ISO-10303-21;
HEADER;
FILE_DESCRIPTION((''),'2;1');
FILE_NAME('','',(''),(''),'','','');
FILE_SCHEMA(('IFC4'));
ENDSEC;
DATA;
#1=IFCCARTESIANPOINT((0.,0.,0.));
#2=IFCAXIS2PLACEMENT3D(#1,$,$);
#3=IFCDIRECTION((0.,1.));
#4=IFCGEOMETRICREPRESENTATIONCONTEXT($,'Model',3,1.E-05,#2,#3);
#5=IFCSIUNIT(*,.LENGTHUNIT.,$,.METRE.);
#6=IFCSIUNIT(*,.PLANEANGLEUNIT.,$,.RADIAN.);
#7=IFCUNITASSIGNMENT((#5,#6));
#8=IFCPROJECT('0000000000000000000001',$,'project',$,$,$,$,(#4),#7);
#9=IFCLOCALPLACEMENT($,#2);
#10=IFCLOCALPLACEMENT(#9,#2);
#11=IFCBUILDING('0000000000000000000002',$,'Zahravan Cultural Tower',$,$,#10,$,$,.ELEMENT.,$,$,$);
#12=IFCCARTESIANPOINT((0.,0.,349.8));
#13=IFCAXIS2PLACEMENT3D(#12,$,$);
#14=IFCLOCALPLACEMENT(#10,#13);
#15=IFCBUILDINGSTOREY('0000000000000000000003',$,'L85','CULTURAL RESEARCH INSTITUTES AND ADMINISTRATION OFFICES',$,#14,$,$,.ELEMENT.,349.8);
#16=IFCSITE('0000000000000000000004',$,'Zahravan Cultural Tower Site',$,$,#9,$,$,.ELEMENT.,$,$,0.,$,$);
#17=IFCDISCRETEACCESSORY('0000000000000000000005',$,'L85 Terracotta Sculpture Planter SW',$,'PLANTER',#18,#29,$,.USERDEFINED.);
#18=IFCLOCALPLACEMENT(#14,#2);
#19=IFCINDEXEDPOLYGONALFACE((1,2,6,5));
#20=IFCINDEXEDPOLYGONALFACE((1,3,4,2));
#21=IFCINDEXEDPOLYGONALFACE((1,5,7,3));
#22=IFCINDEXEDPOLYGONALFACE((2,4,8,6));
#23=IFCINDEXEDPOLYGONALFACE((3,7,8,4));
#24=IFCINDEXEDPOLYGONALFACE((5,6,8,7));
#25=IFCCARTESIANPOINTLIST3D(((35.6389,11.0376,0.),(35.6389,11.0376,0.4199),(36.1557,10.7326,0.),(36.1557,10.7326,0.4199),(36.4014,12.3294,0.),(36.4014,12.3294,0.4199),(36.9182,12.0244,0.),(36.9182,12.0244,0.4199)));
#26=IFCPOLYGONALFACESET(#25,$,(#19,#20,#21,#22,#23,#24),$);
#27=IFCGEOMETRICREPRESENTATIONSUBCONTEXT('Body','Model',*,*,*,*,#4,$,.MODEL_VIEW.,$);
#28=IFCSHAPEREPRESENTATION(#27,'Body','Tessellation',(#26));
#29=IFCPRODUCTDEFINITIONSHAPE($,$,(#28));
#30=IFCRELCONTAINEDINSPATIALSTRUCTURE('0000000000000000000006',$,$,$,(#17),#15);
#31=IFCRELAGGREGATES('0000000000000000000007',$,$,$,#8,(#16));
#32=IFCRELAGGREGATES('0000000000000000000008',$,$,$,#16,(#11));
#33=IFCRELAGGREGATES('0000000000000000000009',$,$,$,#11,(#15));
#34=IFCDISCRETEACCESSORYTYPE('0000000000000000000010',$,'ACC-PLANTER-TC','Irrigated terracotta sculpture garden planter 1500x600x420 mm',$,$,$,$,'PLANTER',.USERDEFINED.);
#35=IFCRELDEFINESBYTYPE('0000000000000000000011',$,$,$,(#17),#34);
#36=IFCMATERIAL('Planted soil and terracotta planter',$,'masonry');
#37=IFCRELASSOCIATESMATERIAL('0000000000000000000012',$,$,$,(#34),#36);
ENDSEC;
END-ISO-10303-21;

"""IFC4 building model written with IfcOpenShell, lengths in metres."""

from ifc_helpers import new_model, si_unit, direction, frame, origin, origin_2d, place, context, subcontext, project, spatial, rectangle, extrude, source, transform, mapped, material, type_object, element, save


model = new_model("IFC4")

# Units and contexts
model_context = context("Model", 3, precision=1e-05, world=origin(), true_north=direction((0.0, 1.0)))
body_context = subcontext(model_context, "Body", "Model", "MODEL_VIEW")
ifc_project = project(units=[si_unit("LENGTHUNIT", "METRE"), si_unit("PLANEANGLEUNIT", "RADIAN")], contexts=[model_context])

# Site, building, storey
site_placement = place(None, origin())
site = spatial("IfcSite", under=ifc_project, at=site_placement, Name="Zahravan Cultural Tower Site", CompositionType="ELEMENT", RefElevation=0.0)
building_placement = place(site_placement, origin())
building = spatial("IfcBuilding", under=site, at=building_placement, Name="Zahravan Cultural Tower", CompositionType="ELEMENT")
storey_placement = place(building_placement, frame((0.0, 0.0, 349.8)))
storey = spatial("IfcBuildingStorey", under=building, at=storey_placement, Name="L85", Description="CULTURAL RESEARCH INSTITUTES AND ADMINISTRATION OFFICES", CompositionType="ELEMENT", Elevation=349.8)

# Discrete accessory
ifc_material_1 = material(Name="Planted soil and terracotta planter", Category="masonry")
discrete_accessory_type = type_object("IfcDiscreteAccessoryType", Name="ACC-PLANTER-TC", Description="Irrigated terracotta sculpture garden planter 1500x600x420 mm", ElementType="PLANTER", PredefinedType="USERDEFINED", material=ifc_material_1)
shared_shape_1 = source(origin(), body_context, "Body", "SweptSolid", [
    extrude(rectangle(XDim=1.5, YDim=0.6001, at=origin_2d()), origin(), (0.0, 0.0, 1.0), 0.4199),
])
discrete_accessory_placement = place(storey_placement, frame((36.2786, 11.531, 0.0), z_axis=(0.0, 0.0, 1.0), x_axis=(0.50829, 0.861186, 0.0)))
element("IfcDiscreteAccessory", 1, at=discrete_accessory_placement, inside=storey, type_object=discrete_accessory_type, Name="L85 Terracotta Sculpture Planter SW", ObjectType="PLANTER", PredefinedType="USERDEFINED", context=body_context, shape_type="MappedRepresentation", body=[
    mapped(shared_shape_1, transform((0.0, 0.0, 0.0), x_axis=(1.0, 0.0, 0.0), y_axis=(0.0, 1.0, 0.0), z_axis=(0.0, 0.0, 1.0), scale=1.0)),
])

save(model, "model.ifc")
